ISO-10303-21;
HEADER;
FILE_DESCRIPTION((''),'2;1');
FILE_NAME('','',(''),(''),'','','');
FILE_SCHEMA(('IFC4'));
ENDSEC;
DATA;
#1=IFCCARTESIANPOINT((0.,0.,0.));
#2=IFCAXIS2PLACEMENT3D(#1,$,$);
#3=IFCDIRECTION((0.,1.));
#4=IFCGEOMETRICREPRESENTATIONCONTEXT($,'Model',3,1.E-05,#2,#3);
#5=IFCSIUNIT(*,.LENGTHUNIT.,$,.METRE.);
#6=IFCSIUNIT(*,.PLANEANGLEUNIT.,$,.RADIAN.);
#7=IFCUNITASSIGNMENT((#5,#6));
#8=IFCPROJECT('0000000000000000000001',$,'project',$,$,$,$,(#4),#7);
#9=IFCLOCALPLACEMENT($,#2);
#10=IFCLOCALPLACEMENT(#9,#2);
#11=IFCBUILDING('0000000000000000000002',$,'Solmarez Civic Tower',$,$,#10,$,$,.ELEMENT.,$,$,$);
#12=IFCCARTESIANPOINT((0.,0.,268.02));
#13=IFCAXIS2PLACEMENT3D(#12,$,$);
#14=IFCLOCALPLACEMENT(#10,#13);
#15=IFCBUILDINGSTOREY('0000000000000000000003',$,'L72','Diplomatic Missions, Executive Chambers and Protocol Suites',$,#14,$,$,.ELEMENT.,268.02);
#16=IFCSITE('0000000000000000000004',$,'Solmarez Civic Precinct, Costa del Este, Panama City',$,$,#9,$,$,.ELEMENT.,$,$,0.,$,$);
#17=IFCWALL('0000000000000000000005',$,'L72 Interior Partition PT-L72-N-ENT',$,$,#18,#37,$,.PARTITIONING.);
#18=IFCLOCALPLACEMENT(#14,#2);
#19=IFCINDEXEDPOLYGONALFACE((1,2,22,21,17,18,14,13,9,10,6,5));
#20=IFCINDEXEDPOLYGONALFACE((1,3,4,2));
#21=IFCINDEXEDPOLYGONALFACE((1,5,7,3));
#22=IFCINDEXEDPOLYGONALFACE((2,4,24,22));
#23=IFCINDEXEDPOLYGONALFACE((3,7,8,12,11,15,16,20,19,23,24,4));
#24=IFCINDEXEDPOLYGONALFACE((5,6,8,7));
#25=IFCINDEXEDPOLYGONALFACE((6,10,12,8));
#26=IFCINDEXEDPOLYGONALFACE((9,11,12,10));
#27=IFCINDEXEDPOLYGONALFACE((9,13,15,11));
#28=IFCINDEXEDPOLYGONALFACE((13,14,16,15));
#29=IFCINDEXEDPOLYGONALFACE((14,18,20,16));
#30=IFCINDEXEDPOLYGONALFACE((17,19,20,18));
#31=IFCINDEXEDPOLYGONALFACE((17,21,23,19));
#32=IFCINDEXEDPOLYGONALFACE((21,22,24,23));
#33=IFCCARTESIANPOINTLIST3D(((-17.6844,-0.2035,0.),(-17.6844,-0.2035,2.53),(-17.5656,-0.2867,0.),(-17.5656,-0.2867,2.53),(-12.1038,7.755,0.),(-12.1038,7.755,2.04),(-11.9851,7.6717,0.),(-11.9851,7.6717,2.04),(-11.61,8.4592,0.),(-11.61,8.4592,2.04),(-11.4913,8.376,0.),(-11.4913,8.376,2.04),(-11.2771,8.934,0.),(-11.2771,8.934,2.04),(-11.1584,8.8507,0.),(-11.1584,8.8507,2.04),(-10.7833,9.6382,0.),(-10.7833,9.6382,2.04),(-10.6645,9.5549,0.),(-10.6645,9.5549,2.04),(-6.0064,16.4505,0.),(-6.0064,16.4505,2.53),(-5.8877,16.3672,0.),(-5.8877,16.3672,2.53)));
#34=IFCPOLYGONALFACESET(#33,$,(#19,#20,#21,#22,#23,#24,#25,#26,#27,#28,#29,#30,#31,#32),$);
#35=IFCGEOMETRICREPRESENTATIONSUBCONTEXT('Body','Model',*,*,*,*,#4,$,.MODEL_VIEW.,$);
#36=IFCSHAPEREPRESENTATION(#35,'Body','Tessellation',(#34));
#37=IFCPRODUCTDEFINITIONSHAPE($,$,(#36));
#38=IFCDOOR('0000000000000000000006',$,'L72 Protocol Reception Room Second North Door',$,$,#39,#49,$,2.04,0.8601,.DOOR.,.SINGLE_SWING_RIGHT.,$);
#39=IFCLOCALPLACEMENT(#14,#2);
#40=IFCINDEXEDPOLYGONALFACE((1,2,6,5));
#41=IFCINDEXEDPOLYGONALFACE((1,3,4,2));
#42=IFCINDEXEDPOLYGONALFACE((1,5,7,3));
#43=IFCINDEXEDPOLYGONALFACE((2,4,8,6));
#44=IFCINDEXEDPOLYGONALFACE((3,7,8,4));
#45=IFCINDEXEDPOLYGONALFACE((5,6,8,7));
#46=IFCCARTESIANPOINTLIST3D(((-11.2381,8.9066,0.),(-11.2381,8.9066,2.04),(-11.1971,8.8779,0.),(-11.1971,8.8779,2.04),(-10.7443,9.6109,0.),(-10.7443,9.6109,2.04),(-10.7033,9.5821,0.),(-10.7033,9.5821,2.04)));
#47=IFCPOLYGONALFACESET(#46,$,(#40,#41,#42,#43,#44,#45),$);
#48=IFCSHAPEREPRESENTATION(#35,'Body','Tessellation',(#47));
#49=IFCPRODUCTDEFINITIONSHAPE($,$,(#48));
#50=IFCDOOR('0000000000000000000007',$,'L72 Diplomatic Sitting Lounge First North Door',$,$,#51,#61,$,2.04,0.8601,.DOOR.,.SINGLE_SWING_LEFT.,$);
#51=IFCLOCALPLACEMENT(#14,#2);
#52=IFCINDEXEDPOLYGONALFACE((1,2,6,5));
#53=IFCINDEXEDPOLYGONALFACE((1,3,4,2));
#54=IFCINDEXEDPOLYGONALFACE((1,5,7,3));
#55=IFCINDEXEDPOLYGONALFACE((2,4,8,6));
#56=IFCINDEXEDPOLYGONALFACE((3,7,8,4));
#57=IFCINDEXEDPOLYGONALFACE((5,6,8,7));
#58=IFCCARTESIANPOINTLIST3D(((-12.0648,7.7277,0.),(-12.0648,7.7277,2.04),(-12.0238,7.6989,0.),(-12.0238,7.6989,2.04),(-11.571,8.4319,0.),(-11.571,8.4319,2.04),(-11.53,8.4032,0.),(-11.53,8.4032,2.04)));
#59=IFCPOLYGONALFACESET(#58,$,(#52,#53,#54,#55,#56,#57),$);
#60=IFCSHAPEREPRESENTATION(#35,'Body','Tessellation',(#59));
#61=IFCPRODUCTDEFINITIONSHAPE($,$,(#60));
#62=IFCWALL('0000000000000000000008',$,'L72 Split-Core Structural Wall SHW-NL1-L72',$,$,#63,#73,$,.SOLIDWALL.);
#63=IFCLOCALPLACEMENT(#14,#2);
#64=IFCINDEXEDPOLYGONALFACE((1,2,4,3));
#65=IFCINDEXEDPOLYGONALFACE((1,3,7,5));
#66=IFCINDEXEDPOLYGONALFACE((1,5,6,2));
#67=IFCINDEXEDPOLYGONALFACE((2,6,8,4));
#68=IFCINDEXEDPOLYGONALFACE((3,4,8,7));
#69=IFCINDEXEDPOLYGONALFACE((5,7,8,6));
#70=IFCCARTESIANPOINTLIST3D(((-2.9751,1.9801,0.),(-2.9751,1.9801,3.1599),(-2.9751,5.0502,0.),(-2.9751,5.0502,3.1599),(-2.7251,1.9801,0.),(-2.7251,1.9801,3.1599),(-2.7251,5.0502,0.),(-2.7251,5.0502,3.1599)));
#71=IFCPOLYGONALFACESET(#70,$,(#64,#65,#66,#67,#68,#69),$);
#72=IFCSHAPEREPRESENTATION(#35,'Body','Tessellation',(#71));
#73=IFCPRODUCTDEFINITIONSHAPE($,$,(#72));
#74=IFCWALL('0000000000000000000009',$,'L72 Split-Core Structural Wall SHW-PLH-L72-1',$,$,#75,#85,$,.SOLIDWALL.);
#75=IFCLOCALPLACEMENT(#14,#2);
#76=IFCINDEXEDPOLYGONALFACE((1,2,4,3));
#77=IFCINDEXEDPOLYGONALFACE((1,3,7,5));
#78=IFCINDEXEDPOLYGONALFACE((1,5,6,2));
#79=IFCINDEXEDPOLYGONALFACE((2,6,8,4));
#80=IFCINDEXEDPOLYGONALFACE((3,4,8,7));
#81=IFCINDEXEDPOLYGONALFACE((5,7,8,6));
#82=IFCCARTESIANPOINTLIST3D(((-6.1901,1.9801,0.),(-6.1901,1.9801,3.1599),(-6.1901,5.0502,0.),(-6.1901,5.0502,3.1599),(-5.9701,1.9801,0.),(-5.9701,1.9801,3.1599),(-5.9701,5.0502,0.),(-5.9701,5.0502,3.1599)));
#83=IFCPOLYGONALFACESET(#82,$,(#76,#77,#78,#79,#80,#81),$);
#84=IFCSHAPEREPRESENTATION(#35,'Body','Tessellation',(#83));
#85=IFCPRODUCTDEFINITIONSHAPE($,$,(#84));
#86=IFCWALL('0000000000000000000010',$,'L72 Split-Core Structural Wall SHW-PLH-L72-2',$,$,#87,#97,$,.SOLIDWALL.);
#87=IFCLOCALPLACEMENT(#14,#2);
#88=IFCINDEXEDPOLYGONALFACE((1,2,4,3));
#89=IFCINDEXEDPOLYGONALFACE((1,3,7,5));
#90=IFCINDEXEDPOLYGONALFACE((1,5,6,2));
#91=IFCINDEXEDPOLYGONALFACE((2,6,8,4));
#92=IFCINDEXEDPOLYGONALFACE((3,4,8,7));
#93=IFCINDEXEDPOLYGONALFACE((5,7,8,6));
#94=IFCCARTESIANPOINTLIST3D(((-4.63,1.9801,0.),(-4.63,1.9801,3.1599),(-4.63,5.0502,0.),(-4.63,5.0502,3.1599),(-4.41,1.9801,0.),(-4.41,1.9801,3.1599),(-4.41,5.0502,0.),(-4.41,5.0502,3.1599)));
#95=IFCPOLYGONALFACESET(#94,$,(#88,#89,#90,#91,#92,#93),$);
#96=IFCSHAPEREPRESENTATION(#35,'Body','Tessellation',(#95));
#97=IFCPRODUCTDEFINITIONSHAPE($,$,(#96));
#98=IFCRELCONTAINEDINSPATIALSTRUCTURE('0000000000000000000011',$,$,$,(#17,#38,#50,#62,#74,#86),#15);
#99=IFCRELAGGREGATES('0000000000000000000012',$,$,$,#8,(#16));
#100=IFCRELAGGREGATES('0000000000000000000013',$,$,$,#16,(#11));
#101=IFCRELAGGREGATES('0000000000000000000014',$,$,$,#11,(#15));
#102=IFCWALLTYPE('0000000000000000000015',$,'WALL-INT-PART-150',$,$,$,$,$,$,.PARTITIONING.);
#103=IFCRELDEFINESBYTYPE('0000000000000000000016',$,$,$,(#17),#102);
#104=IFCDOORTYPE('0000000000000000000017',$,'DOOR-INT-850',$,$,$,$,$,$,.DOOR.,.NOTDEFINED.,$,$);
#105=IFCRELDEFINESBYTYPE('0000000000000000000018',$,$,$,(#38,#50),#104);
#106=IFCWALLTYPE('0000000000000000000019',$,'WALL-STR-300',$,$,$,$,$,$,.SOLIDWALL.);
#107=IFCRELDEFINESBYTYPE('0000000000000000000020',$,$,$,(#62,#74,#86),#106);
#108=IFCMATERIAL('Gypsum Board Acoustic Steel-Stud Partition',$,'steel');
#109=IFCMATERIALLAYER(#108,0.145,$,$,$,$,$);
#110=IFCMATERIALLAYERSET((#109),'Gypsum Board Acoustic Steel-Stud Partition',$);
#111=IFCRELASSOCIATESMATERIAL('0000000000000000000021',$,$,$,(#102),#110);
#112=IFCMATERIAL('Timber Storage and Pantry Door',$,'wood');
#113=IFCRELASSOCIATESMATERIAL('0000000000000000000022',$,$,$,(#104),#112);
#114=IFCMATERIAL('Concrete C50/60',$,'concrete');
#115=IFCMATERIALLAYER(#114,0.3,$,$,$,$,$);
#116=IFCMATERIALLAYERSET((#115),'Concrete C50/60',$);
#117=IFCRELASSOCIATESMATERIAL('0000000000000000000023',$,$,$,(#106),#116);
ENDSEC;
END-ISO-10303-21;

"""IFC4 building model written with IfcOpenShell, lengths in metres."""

from ifc_helpers import new_model, si_unit, direction, frame, frame_2d, origin, place, context, subcontext, project, spatial, rectangle, extrude, material, layer, layer_set, type_object, element, fill, save


model = new_model("IFC4")

# Units and contexts
model_context = context("Model", 3, precision=1e-05, world=origin(), true_north=direction((0.0, 1.0)))
body_context = subcontext(model_context, "Body", "Model", "MODEL_VIEW")
ifc_project = project(units=[si_unit("LENGTHUNIT", "METRE"), si_unit("PLANEANGLEUNIT", "RADIAN")], contexts=[model_context])

# Site, building, storey
site_placement = place(None, origin())
site = spatial("IfcSite", under=ifc_project, at=site_placement, Name="Solmarez Civic Precinct, Costa del Este, Panama City", CompositionType="ELEMENT", RefElevation=0.0)
building_placement = place(site_placement, origin())
building = spatial("IfcBuilding", under=site, at=building_placement, Name="Solmarez Civic Tower", CompositionType="ELEMENT")
storey_placement = place(building_placement, frame((0.0, 0.0, 268.02)))
storey = spatial("IfcBuildingStorey", under=building, at=storey_placement, Name="L72", Description="Diplomatic Missions, Executive Chambers and Protocol Suites", CompositionType="ELEMENT", Elevation=268.02)

# Shared definitions
ifc_material_1 = material(Name="Concrete C50/60", Category="concrete")

# Shared definitions
ifc_material_2 = material(Name="Gypsum Board Acoustic Steel-Stud Partition", Category="steel")
ifc_layer_1 = layer(ifc_material_2, 0.145)
ifc_layer_set_1 = layer_set([ifc_layer_1], Name="Gypsum Board Acoustic Steel-Stud Partition")
wall_type_1 = type_object("IfcWallType", Name="WALL-INT-PART-150", PredefinedType="PARTITIONING", material=ifc_layer_set_1)

# Wall, openings, doors
wall_1_placement = place(storey_placement, frame((-17.625, -0.2451, 0.0), z_axis=(0.0, 0.0, 1.0), x_axis=(0.574127, 0.818766, 0.0)))
wall_1 = element("IfcWall", 1, at=wall_1_placement, inside=storey, type_object=wall_type_1, Name="L72 Interior Partition PT-L72-N-ENT", PredefinedType="PARTITIONING", context=body_context, shape_type="SweptSolid", body=[
    extrude(rectangle(XDim=20.3403, YDim=0.145, at=frame_2d((10.1702, 0.0))), origin(), (0.0, 0.0, 1.0), 2.53),
])
opening_1_placement = place(wall_1_placement, frame((11.1599, 0.0, 0.0)))
opening_1 = element("IfcOpeningElement", 2, at=opening_1_placement, cuts=wall_1, PredefinedType="OPENING", context=body_context, shape_type="SweptSolid", body=[
    extrude(rectangle(XDim=0.8601, YDim=2.04, at=frame_2d((0.4302, 1.02))), frame((0.0, 0.0825, 0.0), z_axis=(0.0, -1.0, 0.0), x_axis=(1.0, 0.0, 0.0)), (0.0, 0.0, 1.0), 0.165),
])
opening_2_placement = place(wall_1_placement, frame((9.72, 0.0, 0.0)))
opening_2 = element("IfcOpeningElement", 3, at=opening_2_placement, cuts=wall_1, PredefinedType="OPENING", context=body_context, shape_type="SweptSolid", body=[
    extrude(rectangle(XDim=0.8601, YDim=2.04, at=frame_2d((0.4302, 1.02))), frame((0.0, 0.0825, 0.0), z_axis=(0.0, -1.0, 0.0), x_axis=(1.0, 0.0, 0.0)), (0.0, 0.0, 1.0), 0.165),
])
ifc_material_3 = material(Name="Timber Storage and Pantry Door", Category="wood")
door_type_1 = type_object("IfcDoorType", Name="DOOR-INT-850", OperationType="NOTDEFINED", PredefinedType="DOOR", material=ifc_material_3)
door_1_placement = place(opening_1_placement, origin())
door_1 = element("IfcDoor", 4, at=door_1_placement, inside=storey, type_object=door_type_1, Name="L72 Protocol Reception Room Second North Door", OperationType="SINGLE_SWING_RIGHT", OverallHeight=2.04, OverallWidth=0.8601, PredefinedType="DOOR", context=body_context, shape_type="SweptSolid", body=[
    extrude(rectangle(XDim=0.8601, YDim=2.04, at=frame_2d((0.4302, 1.02))), frame((0.0, 0.0249, 0.0), z_axis=(0.0, -1.0, 0.0), x_axis=(1.0, 0.0, 0.0)), (0.0, 0.0, 1.0), 0.05),
])
fill(opening_1, door_1)
door_2_placement = place(opening_2_placement, origin())
door_2 = element("IfcDoor", 5, at=door_2_placement, inside=storey, type_object=door_type_1, Name="L72 Diplomatic Sitting Lounge First North Door", OperationType="SINGLE_SWING_LEFT", OverallHeight=2.04, OverallWidth=0.8601, PredefinedType="DOOR", context=body_context, shape_type="SweptSolid", body=[
    extrude(rectangle(XDim=0.8601, YDim=2.04, at=frame_2d((0.4302, 1.02))), frame((0.0, 0.0249, 0.0), z_axis=(0.0, -1.0, 0.0), x_axis=(1.0, 0.0, 0.0)), (0.0, 0.0, 1.0), 0.05),
])
fill(opening_2, door_2)

# Walls
ifc_layer_2 = layer(ifc_material_1, 0.3)
ifc_layer_set_2 = layer_set([ifc_layer_2], Name="Concrete C50/60")
wall_type_2 = type_object("IfcWallType", Name="WALL-STR-300", PredefinedType="SOLIDWALL", material=ifc_layer_set_2)
wall_2_placement = place(storey_placement, frame((-2.8501, 1.98, 0.0), z_axis=(0.0, 0.0, 1.0), x_axis=(0.0, 1.0, 0.0)))
element("IfcWall", 6, at=wall_2_placement, inside=storey, type_object=wall_type_2, Name="L72 Split-Core Structural Wall SHW-NL1-L72", PredefinedType="SOLIDWALL", context=body_context, shape_type="SweptSolid", body=[
    extrude(rectangle(XDim=3.0701, YDim=0.25, at=frame_2d((1.5352, 0.0))), origin(), (0.0, 0.0, 1.0), 3.1599),
])
for number, where, z_axis, x_axis, name in (
    (7, (-6.0801, 1.98, 0.0), (0.0, 0.0, 1.0), (0.0, 1.0, 0.0), "L72 Split-Core Structural Wall SHW-PLH-L72-1"),
    (8, (-4.52, 1.98, 0.0), (0.0, 0.0, 1.0), (0.0, 1.0, 0.0), "L72 Split-Core Structural Wall SHW-PLH-L72-2"),
):
    element("IfcWall", number, at=place(storey_placement, frame(where, z_axis=z_axis, x_axis=x_axis)), inside=storey, type_object=wall_type_2, Name=name, PredefinedType="SOLIDWALL", context=body_context, shape_type="SweptSolid", body=[
        extrude(rectangle(XDim=3.0701, YDim=0.22, at=frame_2d((1.5352, 0.0))), origin(), (0.0, 0.0, 1.0), 3.1599),
    ])

save(model, "model.ifc")
